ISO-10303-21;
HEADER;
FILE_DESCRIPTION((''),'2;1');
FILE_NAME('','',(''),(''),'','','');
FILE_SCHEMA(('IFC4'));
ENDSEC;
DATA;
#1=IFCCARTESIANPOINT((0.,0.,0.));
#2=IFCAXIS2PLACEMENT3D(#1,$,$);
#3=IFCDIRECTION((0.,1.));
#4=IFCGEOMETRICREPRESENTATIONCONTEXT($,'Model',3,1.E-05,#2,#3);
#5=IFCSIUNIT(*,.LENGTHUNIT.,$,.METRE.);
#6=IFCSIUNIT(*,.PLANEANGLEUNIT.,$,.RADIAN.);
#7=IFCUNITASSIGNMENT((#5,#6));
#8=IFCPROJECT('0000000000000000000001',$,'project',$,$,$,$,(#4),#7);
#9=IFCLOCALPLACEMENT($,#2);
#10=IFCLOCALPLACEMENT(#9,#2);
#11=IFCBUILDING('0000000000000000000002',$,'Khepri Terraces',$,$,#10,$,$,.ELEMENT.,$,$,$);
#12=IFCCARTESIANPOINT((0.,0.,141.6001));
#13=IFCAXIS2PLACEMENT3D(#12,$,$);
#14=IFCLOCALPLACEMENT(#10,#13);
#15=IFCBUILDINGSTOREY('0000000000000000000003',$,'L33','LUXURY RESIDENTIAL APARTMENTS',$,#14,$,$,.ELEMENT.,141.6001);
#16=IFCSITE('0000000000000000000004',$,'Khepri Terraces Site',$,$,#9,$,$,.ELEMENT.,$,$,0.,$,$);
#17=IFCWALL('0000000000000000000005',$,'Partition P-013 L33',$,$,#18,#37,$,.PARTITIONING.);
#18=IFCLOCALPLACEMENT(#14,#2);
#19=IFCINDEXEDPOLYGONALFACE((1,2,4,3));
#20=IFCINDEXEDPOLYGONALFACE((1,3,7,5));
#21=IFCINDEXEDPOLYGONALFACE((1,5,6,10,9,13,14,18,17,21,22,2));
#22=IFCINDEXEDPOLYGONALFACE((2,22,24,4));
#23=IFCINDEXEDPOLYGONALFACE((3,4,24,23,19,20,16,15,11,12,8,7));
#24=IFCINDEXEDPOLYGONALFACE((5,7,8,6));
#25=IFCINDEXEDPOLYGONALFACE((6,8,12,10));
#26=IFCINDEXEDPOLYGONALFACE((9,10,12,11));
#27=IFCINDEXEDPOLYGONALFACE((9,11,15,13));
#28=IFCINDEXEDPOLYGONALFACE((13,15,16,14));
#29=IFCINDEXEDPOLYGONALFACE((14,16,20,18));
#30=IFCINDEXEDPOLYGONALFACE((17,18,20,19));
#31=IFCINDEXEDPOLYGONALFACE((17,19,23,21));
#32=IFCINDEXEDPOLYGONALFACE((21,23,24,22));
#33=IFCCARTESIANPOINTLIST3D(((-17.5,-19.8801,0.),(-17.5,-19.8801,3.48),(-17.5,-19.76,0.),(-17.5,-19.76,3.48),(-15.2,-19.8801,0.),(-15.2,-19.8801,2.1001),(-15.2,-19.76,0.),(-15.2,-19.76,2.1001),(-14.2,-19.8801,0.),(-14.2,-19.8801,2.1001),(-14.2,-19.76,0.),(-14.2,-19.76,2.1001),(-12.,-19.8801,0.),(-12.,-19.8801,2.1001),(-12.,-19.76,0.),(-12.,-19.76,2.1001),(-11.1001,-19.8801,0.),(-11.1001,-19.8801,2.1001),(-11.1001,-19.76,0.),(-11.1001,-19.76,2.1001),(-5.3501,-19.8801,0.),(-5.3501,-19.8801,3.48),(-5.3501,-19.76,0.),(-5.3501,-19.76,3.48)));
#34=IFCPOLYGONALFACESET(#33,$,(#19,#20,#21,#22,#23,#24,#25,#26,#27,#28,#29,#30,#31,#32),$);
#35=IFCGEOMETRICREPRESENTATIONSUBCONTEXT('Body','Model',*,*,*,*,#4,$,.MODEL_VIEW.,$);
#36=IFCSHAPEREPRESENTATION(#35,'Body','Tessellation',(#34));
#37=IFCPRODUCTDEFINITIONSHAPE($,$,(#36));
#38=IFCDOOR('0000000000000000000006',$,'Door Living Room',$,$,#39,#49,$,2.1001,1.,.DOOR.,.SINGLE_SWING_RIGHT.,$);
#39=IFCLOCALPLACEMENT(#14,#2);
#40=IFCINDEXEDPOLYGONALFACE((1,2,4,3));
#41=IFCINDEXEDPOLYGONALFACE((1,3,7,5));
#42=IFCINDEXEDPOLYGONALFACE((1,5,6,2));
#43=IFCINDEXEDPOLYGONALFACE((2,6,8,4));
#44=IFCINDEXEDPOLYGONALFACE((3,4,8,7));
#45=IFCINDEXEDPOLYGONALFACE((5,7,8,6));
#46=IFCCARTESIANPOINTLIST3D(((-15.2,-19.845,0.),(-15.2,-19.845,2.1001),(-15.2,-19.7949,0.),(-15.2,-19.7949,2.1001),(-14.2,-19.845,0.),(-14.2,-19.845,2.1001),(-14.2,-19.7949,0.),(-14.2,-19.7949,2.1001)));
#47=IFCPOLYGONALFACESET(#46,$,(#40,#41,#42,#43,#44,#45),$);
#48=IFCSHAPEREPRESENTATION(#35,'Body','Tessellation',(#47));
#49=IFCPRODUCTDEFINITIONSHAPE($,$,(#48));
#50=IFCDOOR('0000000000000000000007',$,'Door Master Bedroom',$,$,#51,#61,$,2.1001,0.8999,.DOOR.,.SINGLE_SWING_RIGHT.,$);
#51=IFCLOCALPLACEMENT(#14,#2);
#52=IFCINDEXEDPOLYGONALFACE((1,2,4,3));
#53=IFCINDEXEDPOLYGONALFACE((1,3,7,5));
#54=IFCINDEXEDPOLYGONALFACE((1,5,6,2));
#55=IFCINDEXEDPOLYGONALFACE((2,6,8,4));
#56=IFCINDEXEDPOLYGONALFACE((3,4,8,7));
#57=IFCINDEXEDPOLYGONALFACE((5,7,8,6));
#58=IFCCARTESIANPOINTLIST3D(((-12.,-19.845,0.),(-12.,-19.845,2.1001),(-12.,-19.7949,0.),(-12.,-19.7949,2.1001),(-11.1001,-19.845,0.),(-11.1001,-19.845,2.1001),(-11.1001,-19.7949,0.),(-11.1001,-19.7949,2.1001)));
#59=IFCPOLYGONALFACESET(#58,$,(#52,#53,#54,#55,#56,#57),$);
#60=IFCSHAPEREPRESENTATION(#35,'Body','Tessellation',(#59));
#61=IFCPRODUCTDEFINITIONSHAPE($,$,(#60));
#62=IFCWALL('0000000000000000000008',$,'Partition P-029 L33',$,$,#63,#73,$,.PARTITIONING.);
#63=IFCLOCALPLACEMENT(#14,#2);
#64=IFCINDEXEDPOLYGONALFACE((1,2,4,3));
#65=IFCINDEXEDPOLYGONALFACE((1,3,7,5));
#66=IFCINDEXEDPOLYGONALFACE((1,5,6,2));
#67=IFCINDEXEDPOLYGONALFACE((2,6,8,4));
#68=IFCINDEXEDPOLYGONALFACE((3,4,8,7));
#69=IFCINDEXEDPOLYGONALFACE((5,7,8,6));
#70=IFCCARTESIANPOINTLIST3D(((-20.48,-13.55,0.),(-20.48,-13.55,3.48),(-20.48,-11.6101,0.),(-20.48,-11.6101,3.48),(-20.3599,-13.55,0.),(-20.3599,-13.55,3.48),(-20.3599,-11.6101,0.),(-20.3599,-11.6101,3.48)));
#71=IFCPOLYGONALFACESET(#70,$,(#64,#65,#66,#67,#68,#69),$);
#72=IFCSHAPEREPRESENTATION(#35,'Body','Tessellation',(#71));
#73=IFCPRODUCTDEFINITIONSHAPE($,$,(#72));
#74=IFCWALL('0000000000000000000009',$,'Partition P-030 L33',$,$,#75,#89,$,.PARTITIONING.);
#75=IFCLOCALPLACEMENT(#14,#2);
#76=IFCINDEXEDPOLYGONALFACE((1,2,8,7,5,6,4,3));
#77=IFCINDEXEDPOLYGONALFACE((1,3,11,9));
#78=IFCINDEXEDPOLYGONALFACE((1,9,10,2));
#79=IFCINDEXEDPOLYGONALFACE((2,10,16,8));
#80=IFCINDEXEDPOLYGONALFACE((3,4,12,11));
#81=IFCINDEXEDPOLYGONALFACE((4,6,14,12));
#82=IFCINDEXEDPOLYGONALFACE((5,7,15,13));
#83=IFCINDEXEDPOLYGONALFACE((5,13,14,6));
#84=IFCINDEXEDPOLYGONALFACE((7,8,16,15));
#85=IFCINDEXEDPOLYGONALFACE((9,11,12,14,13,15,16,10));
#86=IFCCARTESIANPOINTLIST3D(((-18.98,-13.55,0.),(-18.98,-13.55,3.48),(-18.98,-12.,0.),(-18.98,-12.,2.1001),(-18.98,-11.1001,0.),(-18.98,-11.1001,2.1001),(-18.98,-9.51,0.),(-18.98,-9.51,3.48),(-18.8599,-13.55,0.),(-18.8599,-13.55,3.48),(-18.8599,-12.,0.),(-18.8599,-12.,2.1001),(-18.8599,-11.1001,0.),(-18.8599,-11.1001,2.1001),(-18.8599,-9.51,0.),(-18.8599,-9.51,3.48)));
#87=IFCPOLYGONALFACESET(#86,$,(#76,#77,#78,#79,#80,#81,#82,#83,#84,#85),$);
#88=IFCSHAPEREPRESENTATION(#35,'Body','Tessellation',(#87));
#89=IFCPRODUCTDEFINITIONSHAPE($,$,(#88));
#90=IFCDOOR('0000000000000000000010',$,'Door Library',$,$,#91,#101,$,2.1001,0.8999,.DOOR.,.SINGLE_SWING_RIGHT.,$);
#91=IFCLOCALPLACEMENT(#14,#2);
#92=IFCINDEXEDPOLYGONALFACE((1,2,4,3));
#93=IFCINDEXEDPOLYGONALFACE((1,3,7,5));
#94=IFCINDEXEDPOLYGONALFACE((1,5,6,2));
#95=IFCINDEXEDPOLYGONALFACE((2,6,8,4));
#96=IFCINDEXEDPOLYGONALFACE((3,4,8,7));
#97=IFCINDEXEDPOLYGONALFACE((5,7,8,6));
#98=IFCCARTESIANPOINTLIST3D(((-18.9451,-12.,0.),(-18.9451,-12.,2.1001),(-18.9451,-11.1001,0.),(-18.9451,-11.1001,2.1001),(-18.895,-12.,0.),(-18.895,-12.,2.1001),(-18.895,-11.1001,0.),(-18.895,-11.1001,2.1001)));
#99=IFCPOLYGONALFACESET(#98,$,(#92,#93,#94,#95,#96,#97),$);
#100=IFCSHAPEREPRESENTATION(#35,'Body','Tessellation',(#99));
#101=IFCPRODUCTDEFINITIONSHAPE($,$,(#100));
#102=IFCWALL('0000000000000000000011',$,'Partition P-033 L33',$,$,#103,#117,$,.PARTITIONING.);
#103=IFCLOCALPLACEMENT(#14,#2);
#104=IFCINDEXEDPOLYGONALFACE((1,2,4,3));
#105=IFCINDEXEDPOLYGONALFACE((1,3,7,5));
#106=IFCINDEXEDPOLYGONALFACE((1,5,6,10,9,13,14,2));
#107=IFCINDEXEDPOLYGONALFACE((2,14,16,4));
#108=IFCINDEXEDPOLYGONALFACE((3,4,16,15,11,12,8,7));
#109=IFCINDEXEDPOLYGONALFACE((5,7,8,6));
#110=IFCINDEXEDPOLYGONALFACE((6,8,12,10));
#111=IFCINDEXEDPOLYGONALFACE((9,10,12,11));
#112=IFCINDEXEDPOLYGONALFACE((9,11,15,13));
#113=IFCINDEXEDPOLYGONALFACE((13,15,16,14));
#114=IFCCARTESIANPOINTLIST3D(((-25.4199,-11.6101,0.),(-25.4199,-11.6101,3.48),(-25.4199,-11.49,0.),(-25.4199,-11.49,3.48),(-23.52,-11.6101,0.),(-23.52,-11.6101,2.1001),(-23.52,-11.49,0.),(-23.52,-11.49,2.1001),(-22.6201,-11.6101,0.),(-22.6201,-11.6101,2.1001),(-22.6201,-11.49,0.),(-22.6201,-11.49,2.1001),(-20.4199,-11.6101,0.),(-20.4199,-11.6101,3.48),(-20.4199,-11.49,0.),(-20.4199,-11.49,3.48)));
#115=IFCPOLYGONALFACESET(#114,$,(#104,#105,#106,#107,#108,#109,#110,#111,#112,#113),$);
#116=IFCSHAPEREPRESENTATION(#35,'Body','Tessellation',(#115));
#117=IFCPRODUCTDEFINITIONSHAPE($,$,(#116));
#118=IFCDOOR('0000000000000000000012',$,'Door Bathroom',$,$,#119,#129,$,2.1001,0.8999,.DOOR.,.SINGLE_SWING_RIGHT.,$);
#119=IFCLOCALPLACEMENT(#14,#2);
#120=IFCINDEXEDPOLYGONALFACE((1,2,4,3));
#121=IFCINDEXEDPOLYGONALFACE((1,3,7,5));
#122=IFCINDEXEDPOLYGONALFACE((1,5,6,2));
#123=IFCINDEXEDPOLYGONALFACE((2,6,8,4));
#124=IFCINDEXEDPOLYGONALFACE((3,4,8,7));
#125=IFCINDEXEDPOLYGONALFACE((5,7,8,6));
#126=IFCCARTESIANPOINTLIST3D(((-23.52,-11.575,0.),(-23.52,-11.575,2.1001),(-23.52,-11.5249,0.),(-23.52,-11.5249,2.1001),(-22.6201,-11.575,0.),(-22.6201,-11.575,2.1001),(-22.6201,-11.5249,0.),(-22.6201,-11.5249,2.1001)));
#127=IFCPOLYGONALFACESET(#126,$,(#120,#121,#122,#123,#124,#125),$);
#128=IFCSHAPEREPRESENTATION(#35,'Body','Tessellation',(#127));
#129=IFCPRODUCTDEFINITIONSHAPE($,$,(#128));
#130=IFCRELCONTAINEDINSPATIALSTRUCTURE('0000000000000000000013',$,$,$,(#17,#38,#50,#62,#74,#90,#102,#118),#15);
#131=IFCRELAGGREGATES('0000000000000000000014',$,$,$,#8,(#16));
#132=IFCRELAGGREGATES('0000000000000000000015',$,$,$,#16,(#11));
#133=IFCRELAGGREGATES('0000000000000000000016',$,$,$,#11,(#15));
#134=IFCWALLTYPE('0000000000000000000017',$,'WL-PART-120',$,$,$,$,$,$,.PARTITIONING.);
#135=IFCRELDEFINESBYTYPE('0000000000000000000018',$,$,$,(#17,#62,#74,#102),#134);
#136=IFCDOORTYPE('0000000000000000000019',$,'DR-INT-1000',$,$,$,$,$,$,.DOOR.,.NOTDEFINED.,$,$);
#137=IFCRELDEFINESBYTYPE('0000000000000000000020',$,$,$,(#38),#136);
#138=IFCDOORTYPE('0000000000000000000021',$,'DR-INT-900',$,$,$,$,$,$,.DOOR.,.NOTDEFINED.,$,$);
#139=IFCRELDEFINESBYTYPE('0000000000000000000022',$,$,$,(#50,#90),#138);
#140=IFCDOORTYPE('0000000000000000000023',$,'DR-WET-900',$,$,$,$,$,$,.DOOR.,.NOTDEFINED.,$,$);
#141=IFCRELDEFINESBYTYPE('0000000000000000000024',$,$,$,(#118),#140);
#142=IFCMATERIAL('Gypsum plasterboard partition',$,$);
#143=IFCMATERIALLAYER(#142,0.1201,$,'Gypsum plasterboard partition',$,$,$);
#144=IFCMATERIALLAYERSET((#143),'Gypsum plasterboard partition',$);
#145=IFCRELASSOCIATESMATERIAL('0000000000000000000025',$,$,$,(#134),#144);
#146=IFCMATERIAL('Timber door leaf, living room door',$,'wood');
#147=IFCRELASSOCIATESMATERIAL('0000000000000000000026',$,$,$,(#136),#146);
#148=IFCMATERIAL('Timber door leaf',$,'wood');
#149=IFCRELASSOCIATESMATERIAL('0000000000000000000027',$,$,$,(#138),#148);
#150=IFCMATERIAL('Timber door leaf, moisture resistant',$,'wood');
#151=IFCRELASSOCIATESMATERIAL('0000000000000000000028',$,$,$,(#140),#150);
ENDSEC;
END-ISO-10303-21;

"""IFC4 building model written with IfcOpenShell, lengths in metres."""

from ifc_helpers import new_model, si_unit, direction, frame, frame_2d, origin, place, context, subcontext, project, spatial, rectangle, extrude, material, layer, layer_set, type_object, element, fill, save


model = new_model("IFC4")

# Units and contexts
model_context = context("Model", 3, precision=1e-05, world=origin(), true_north=direction((0.0, 1.0)))
body_context = subcontext(model_context, "Body", "Model", "MODEL_VIEW")
ifc_project = project(units=[si_unit("LENGTHUNIT", "METRE"), si_unit("PLANEANGLEUNIT", "RADIAN")], contexts=[model_context])

# Site, building, storey
site_placement = place(None, origin())
site = spatial("IfcSite", under=ifc_project, at=site_placement, Name="Khepri Terraces Site", CompositionType="ELEMENT", RefElevation=0.0)
building_placement = place(site_placement, origin())
building = spatial("IfcBuilding", under=site, at=building_placement, Name="Khepri Terraces", CompositionType="ELEMENT")
storey_placement = place(building_placement, frame((0.0, 0.0, 141.6001)))
storey = spatial("IfcBuildingStorey", under=building, at=storey_placement, Name="L33", Description="LUXURY RESIDENTIAL APARTMENTS", CompositionType="ELEMENT", Elevation=141.6001)

# Shared definitions
ifc_material_1 = material(Name="Gypsum plasterboard partition")
ifc_layer_1 = layer(ifc_material_1, 0.1201, Name="Gypsum plasterboard partition")
ifc_layer_set_1 = layer_set([ifc_layer_1], Name="Gypsum plasterboard partition")
wall_type_1 = type_object("IfcWallType", Name="WL-PART-120", PredefinedType="PARTITIONING", material=ifc_layer_set_1)

# Wall, openings, doors
wall_1_placement = place(storey_placement, frame((-17.5, -19.8201, 0.0), z_axis=(0.0, 0.0, 1.0), x_axis=(1.0, 0.0, 0.0)))
wall_1 = element("IfcWall", 1, at=wall_1_placement, inside=storey, type_object=wall_type_1, Name="Partition P-013 L33", PredefinedType="PARTITIONING", context=body_context, shape_type="SweptSolid", body=[
    extrude(rectangle(XDim=12.1499, YDim=0.1201, at=frame_2d((6.075, 0.0))), origin(), (0.0, 0.0, 1.0), 3.48),
])
opening_1_placement = place(wall_1_placement, frame((2.3, 0.0, 0.0)))
opening_1 = element("IfcOpeningElement", 2, at=opening_1_placement, cuts=wall_1, PredefinedType="OPENING", context=body_context, shape_type="SweptSolid", body=[
    extrude(rectangle(XDim=1.0, YDim=2.1001, at=frame_2d((0.5, 1.05))), frame((0.0, 0.0701, 0.0), z_axis=(0.0, -1.0, 0.0), x_axis=(1.0, 0.0, 0.0)), (0.0, 0.0, 1.0), 0.1401),
])
opening_2_placement = place(wall_1_placement, frame((5.5, 0.0, 0.0)))
opening_2 = element("IfcOpeningElement", 3, at=opening_2_placement, cuts=wall_1, PredefinedType="OPENING", context=body_context, shape_type="SweptSolid", body=[
    extrude(rectangle(XDim=0.8999, YDim=2.1001, at=frame_2d((0.45, 1.05))), frame((0.0, 0.0701, 0.0), z_axis=(0.0, -1.0, 0.0), x_axis=(1.0, 0.0, 0.0)), (0.0, 0.0, 1.0), 0.1401),
])
ifc_material_2 = material(Name="Timber door leaf, living room door", Category="wood")
door_type_1 = type_object("IfcDoorType", Name="DR-INT-1000", OperationType="NOTDEFINED", PredefinedType="DOOR", material=ifc_material_2)
door_1_placement = place(opening_1_placement, frame((1.0, 0.0, 0.0), z_axis=(0.0, 0.0, 1.0), x_axis=(-1.0, 0.0, 0.0)))
door_1 = element("IfcDoor", 4, at=door_1_placement, inside=storey, type_object=door_type_1, Name="Door Living Room", OperationType="SINGLE_SWING_RIGHT", OverallHeight=2.1001, OverallWidth=1.0, PredefinedType="DOOR", context=body_context, shape_type="SweptSolid", body=[
    extrude(rectangle(XDim=1.0, YDim=2.1001, at=frame_2d((0.5, 1.05))), frame((0.0, 0.0249, 0.0), z_axis=(0.0, -1.0, 0.0), x_axis=(1.0, 0.0, 0.0)), (0.0, 0.0, 1.0), 0.05),
])
fill(opening_1, door_1)
ifc_material_3 = material(Name="Timber door leaf", Category="wood")
door_type_2 = type_object("IfcDoorType", Name="DR-INT-900", OperationType="NOTDEFINED", PredefinedType="DOOR", material=ifc_material_3)
door_2_placement = place(opening_2_placement, frame((0.8999, 0.0, 0.0), z_axis=(0.0, 0.0, 1.0), x_axis=(-1.0, 0.0, 0.0)))
door_2 = element("IfcDoor", 5, at=door_2_placement, inside=storey, type_object=door_type_2, Name="Door Master Bedroom", OperationType="SINGLE_SWING_RIGHT", OverallHeight=2.1001, OverallWidth=0.8999, PredefinedType="DOOR", context=body_context, shape_type="SweptSolid", body=[
    extrude(rectangle(XDim=0.8999, YDim=2.1001, at=frame_2d((0.45, 1.05))), frame((0.0, 0.0249, 0.0), z_axis=(0.0, -1.0, 0.0), x_axis=(1.0, 0.0, 0.0)), (0.0, 0.0, 1.0), 0.05),
])
fill(opening_2, door_2)

# Wall
wall_2_placement = place(storey_placement, frame((-20.4199, -13.55, 0.0), z_axis=(0.0, 0.0, 1.0), x_axis=(0.0, 1.0, 0.0)))
element("IfcWall", 6, at=wall_2_placement, inside=storey, type_object=wall_type_1, Name="Partition P-029 L33", PredefinedType="PARTITIONING", context=body_context, shape_type="SweptSolid", body=[
    extrude(rectangle(XDim=1.9399, YDim=0.1201, at=frame_2d((0.97, 0.0))), origin(), (0.0, 0.0, 1.0), 3.48),
])

# Walls, openings, doors
wall_3_placement = place(storey_placement, frame((-18.9199, -13.55, 0.0), z_axis=(0.0, 0.0, 1.0), x_axis=(0.0, 1.0, 0.0)))
wall_3 = element("IfcWall", 7, at=wall_3_placement, inside=storey, type_object=wall_type_1, Name="Partition P-030 L33", PredefinedType="PARTITIONING", context=body_context, shape_type="SweptSolid", body=[
    extrude(rectangle(XDim=4.04, YDim=0.1201, at=frame_2d((2.02, 0.0))), origin(), (0.0, 0.0, 1.0), 3.48),
])
opening_3_placement = place(wall_3_placement, frame((1.55, 0.0, 0.0)))
opening_3 = element("IfcOpeningElement", 8, at=opening_3_placement, cuts=wall_3, PredefinedType="OPENING", context=body_context, shape_type="SweptSolid", body=[
    extrude(rectangle(XDim=0.8999, YDim=2.1001, at=frame_2d((0.45, 1.05))), frame((0.0, 0.0701, 0.0), z_axis=(0.0, -1.0, 0.0), x_axis=(1.0, 0.0, 0.0)), (0.0, 0.0, 1.0), 0.1401),
])
door_3_placement = place(opening_3_placement, frame((0.8999, 0.0, 0.0), z_axis=(0.0, 0.0, 1.0), x_axis=(-1.0, 0.0, 0.0)))
door_3 = element("IfcDoor", 9, at=door_3_placement, inside=storey, type_object=door_type_2, Name="Door Library", OperationType="SINGLE_SWING_RIGHT", OverallHeight=2.1001, OverallWidth=0.8999, PredefinedType="DOOR", context=body_context, shape_type="SweptSolid", body=[
    extrude(rectangle(XDim=0.8999, YDim=2.1001, at=frame_2d((0.45, 1.05))), frame((0.0, 0.0249, 0.0), z_axis=(0.0, -1.0, 0.0), x_axis=(1.0, 0.0, 0.0)), (0.0, 0.0, 1.0), 0.05),
])
fill(opening_3, door_3)
wall_4_placement = place(storey_placement, frame((-25.4199, -11.55, 0.0), z_axis=(0.0, 0.0, 1.0), x_axis=(1.0, 0.0, 0.0)))
wall_4 = element("IfcWall", 10, at=wall_4_placement, inside=storey, type_object=wall_type_1, Name="Partition P-033 L33", PredefinedType="PARTITIONING", context=body_context, shape_type="SweptSolid", body=[
    extrude(rectangle(XDim=5.0, YDim=0.1201, at=frame_2d((2.5, 0.0))), origin(), (0.0, 0.0, 1.0), 3.48),
])
opening_4_placement = place(wall_4_placement, frame((1.8999, 0.0, 0.0)))
opening_4 = element("IfcOpeningElement", 11, at=opening_4_placement, cuts=wall_4, PredefinedType="OPENING", context=body_context, shape_type="SweptSolid", body=[
    extrude(rectangle(XDim=0.8999, YDim=2.1001, at=frame_2d((0.45, 1.05))), frame((0.0, 0.0701, 0.0), z_axis=(0.0, -1.0, 0.0), x_axis=(1.0, 0.0, 0.0)), (0.0, 0.0, 1.0), 0.1401),
])
ifc_material_4 = material(Name="Timber door leaf, moisture resistant", Category="wood")
door_type_3 = type_object("IfcDoorType", Name="DR-WET-900", OperationType="NOTDEFINED", PredefinedType="DOOR", material=ifc_material_4)
door_4_placement = place(opening_4_placement, frame((0.8999, 0.0, 0.0), z_axis=(0.0, 0.0, 1.0), x_axis=(-1.0, 0.0, 0.0)))
door_4 = element("IfcDoor", 12, at=door_4_placement, inside=storey, type_object=door_type_3, Name="Door Bathroom", OperationType="SINGLE_SWING_RIGHT", OverallHeight=2.1001, OverallWidth=0.8999, PredefinedType="DOOR", context=body_context, shape_type="SweptSolid", body=[
    extrude(rectangle(XDim=0.8999, YDim=2.1001, at=frame_2d((0.45, 1.05))), frame((0.0, 0.0249, 0.0), z_axis=(0.0, -1.0, 0.0), x_axis=(1.0, 0.0, 0.0)), (0.0, 0.0, 1.0), 0.05),
])
fill(opening_4, door_4)

save(model, "model.ifc")
